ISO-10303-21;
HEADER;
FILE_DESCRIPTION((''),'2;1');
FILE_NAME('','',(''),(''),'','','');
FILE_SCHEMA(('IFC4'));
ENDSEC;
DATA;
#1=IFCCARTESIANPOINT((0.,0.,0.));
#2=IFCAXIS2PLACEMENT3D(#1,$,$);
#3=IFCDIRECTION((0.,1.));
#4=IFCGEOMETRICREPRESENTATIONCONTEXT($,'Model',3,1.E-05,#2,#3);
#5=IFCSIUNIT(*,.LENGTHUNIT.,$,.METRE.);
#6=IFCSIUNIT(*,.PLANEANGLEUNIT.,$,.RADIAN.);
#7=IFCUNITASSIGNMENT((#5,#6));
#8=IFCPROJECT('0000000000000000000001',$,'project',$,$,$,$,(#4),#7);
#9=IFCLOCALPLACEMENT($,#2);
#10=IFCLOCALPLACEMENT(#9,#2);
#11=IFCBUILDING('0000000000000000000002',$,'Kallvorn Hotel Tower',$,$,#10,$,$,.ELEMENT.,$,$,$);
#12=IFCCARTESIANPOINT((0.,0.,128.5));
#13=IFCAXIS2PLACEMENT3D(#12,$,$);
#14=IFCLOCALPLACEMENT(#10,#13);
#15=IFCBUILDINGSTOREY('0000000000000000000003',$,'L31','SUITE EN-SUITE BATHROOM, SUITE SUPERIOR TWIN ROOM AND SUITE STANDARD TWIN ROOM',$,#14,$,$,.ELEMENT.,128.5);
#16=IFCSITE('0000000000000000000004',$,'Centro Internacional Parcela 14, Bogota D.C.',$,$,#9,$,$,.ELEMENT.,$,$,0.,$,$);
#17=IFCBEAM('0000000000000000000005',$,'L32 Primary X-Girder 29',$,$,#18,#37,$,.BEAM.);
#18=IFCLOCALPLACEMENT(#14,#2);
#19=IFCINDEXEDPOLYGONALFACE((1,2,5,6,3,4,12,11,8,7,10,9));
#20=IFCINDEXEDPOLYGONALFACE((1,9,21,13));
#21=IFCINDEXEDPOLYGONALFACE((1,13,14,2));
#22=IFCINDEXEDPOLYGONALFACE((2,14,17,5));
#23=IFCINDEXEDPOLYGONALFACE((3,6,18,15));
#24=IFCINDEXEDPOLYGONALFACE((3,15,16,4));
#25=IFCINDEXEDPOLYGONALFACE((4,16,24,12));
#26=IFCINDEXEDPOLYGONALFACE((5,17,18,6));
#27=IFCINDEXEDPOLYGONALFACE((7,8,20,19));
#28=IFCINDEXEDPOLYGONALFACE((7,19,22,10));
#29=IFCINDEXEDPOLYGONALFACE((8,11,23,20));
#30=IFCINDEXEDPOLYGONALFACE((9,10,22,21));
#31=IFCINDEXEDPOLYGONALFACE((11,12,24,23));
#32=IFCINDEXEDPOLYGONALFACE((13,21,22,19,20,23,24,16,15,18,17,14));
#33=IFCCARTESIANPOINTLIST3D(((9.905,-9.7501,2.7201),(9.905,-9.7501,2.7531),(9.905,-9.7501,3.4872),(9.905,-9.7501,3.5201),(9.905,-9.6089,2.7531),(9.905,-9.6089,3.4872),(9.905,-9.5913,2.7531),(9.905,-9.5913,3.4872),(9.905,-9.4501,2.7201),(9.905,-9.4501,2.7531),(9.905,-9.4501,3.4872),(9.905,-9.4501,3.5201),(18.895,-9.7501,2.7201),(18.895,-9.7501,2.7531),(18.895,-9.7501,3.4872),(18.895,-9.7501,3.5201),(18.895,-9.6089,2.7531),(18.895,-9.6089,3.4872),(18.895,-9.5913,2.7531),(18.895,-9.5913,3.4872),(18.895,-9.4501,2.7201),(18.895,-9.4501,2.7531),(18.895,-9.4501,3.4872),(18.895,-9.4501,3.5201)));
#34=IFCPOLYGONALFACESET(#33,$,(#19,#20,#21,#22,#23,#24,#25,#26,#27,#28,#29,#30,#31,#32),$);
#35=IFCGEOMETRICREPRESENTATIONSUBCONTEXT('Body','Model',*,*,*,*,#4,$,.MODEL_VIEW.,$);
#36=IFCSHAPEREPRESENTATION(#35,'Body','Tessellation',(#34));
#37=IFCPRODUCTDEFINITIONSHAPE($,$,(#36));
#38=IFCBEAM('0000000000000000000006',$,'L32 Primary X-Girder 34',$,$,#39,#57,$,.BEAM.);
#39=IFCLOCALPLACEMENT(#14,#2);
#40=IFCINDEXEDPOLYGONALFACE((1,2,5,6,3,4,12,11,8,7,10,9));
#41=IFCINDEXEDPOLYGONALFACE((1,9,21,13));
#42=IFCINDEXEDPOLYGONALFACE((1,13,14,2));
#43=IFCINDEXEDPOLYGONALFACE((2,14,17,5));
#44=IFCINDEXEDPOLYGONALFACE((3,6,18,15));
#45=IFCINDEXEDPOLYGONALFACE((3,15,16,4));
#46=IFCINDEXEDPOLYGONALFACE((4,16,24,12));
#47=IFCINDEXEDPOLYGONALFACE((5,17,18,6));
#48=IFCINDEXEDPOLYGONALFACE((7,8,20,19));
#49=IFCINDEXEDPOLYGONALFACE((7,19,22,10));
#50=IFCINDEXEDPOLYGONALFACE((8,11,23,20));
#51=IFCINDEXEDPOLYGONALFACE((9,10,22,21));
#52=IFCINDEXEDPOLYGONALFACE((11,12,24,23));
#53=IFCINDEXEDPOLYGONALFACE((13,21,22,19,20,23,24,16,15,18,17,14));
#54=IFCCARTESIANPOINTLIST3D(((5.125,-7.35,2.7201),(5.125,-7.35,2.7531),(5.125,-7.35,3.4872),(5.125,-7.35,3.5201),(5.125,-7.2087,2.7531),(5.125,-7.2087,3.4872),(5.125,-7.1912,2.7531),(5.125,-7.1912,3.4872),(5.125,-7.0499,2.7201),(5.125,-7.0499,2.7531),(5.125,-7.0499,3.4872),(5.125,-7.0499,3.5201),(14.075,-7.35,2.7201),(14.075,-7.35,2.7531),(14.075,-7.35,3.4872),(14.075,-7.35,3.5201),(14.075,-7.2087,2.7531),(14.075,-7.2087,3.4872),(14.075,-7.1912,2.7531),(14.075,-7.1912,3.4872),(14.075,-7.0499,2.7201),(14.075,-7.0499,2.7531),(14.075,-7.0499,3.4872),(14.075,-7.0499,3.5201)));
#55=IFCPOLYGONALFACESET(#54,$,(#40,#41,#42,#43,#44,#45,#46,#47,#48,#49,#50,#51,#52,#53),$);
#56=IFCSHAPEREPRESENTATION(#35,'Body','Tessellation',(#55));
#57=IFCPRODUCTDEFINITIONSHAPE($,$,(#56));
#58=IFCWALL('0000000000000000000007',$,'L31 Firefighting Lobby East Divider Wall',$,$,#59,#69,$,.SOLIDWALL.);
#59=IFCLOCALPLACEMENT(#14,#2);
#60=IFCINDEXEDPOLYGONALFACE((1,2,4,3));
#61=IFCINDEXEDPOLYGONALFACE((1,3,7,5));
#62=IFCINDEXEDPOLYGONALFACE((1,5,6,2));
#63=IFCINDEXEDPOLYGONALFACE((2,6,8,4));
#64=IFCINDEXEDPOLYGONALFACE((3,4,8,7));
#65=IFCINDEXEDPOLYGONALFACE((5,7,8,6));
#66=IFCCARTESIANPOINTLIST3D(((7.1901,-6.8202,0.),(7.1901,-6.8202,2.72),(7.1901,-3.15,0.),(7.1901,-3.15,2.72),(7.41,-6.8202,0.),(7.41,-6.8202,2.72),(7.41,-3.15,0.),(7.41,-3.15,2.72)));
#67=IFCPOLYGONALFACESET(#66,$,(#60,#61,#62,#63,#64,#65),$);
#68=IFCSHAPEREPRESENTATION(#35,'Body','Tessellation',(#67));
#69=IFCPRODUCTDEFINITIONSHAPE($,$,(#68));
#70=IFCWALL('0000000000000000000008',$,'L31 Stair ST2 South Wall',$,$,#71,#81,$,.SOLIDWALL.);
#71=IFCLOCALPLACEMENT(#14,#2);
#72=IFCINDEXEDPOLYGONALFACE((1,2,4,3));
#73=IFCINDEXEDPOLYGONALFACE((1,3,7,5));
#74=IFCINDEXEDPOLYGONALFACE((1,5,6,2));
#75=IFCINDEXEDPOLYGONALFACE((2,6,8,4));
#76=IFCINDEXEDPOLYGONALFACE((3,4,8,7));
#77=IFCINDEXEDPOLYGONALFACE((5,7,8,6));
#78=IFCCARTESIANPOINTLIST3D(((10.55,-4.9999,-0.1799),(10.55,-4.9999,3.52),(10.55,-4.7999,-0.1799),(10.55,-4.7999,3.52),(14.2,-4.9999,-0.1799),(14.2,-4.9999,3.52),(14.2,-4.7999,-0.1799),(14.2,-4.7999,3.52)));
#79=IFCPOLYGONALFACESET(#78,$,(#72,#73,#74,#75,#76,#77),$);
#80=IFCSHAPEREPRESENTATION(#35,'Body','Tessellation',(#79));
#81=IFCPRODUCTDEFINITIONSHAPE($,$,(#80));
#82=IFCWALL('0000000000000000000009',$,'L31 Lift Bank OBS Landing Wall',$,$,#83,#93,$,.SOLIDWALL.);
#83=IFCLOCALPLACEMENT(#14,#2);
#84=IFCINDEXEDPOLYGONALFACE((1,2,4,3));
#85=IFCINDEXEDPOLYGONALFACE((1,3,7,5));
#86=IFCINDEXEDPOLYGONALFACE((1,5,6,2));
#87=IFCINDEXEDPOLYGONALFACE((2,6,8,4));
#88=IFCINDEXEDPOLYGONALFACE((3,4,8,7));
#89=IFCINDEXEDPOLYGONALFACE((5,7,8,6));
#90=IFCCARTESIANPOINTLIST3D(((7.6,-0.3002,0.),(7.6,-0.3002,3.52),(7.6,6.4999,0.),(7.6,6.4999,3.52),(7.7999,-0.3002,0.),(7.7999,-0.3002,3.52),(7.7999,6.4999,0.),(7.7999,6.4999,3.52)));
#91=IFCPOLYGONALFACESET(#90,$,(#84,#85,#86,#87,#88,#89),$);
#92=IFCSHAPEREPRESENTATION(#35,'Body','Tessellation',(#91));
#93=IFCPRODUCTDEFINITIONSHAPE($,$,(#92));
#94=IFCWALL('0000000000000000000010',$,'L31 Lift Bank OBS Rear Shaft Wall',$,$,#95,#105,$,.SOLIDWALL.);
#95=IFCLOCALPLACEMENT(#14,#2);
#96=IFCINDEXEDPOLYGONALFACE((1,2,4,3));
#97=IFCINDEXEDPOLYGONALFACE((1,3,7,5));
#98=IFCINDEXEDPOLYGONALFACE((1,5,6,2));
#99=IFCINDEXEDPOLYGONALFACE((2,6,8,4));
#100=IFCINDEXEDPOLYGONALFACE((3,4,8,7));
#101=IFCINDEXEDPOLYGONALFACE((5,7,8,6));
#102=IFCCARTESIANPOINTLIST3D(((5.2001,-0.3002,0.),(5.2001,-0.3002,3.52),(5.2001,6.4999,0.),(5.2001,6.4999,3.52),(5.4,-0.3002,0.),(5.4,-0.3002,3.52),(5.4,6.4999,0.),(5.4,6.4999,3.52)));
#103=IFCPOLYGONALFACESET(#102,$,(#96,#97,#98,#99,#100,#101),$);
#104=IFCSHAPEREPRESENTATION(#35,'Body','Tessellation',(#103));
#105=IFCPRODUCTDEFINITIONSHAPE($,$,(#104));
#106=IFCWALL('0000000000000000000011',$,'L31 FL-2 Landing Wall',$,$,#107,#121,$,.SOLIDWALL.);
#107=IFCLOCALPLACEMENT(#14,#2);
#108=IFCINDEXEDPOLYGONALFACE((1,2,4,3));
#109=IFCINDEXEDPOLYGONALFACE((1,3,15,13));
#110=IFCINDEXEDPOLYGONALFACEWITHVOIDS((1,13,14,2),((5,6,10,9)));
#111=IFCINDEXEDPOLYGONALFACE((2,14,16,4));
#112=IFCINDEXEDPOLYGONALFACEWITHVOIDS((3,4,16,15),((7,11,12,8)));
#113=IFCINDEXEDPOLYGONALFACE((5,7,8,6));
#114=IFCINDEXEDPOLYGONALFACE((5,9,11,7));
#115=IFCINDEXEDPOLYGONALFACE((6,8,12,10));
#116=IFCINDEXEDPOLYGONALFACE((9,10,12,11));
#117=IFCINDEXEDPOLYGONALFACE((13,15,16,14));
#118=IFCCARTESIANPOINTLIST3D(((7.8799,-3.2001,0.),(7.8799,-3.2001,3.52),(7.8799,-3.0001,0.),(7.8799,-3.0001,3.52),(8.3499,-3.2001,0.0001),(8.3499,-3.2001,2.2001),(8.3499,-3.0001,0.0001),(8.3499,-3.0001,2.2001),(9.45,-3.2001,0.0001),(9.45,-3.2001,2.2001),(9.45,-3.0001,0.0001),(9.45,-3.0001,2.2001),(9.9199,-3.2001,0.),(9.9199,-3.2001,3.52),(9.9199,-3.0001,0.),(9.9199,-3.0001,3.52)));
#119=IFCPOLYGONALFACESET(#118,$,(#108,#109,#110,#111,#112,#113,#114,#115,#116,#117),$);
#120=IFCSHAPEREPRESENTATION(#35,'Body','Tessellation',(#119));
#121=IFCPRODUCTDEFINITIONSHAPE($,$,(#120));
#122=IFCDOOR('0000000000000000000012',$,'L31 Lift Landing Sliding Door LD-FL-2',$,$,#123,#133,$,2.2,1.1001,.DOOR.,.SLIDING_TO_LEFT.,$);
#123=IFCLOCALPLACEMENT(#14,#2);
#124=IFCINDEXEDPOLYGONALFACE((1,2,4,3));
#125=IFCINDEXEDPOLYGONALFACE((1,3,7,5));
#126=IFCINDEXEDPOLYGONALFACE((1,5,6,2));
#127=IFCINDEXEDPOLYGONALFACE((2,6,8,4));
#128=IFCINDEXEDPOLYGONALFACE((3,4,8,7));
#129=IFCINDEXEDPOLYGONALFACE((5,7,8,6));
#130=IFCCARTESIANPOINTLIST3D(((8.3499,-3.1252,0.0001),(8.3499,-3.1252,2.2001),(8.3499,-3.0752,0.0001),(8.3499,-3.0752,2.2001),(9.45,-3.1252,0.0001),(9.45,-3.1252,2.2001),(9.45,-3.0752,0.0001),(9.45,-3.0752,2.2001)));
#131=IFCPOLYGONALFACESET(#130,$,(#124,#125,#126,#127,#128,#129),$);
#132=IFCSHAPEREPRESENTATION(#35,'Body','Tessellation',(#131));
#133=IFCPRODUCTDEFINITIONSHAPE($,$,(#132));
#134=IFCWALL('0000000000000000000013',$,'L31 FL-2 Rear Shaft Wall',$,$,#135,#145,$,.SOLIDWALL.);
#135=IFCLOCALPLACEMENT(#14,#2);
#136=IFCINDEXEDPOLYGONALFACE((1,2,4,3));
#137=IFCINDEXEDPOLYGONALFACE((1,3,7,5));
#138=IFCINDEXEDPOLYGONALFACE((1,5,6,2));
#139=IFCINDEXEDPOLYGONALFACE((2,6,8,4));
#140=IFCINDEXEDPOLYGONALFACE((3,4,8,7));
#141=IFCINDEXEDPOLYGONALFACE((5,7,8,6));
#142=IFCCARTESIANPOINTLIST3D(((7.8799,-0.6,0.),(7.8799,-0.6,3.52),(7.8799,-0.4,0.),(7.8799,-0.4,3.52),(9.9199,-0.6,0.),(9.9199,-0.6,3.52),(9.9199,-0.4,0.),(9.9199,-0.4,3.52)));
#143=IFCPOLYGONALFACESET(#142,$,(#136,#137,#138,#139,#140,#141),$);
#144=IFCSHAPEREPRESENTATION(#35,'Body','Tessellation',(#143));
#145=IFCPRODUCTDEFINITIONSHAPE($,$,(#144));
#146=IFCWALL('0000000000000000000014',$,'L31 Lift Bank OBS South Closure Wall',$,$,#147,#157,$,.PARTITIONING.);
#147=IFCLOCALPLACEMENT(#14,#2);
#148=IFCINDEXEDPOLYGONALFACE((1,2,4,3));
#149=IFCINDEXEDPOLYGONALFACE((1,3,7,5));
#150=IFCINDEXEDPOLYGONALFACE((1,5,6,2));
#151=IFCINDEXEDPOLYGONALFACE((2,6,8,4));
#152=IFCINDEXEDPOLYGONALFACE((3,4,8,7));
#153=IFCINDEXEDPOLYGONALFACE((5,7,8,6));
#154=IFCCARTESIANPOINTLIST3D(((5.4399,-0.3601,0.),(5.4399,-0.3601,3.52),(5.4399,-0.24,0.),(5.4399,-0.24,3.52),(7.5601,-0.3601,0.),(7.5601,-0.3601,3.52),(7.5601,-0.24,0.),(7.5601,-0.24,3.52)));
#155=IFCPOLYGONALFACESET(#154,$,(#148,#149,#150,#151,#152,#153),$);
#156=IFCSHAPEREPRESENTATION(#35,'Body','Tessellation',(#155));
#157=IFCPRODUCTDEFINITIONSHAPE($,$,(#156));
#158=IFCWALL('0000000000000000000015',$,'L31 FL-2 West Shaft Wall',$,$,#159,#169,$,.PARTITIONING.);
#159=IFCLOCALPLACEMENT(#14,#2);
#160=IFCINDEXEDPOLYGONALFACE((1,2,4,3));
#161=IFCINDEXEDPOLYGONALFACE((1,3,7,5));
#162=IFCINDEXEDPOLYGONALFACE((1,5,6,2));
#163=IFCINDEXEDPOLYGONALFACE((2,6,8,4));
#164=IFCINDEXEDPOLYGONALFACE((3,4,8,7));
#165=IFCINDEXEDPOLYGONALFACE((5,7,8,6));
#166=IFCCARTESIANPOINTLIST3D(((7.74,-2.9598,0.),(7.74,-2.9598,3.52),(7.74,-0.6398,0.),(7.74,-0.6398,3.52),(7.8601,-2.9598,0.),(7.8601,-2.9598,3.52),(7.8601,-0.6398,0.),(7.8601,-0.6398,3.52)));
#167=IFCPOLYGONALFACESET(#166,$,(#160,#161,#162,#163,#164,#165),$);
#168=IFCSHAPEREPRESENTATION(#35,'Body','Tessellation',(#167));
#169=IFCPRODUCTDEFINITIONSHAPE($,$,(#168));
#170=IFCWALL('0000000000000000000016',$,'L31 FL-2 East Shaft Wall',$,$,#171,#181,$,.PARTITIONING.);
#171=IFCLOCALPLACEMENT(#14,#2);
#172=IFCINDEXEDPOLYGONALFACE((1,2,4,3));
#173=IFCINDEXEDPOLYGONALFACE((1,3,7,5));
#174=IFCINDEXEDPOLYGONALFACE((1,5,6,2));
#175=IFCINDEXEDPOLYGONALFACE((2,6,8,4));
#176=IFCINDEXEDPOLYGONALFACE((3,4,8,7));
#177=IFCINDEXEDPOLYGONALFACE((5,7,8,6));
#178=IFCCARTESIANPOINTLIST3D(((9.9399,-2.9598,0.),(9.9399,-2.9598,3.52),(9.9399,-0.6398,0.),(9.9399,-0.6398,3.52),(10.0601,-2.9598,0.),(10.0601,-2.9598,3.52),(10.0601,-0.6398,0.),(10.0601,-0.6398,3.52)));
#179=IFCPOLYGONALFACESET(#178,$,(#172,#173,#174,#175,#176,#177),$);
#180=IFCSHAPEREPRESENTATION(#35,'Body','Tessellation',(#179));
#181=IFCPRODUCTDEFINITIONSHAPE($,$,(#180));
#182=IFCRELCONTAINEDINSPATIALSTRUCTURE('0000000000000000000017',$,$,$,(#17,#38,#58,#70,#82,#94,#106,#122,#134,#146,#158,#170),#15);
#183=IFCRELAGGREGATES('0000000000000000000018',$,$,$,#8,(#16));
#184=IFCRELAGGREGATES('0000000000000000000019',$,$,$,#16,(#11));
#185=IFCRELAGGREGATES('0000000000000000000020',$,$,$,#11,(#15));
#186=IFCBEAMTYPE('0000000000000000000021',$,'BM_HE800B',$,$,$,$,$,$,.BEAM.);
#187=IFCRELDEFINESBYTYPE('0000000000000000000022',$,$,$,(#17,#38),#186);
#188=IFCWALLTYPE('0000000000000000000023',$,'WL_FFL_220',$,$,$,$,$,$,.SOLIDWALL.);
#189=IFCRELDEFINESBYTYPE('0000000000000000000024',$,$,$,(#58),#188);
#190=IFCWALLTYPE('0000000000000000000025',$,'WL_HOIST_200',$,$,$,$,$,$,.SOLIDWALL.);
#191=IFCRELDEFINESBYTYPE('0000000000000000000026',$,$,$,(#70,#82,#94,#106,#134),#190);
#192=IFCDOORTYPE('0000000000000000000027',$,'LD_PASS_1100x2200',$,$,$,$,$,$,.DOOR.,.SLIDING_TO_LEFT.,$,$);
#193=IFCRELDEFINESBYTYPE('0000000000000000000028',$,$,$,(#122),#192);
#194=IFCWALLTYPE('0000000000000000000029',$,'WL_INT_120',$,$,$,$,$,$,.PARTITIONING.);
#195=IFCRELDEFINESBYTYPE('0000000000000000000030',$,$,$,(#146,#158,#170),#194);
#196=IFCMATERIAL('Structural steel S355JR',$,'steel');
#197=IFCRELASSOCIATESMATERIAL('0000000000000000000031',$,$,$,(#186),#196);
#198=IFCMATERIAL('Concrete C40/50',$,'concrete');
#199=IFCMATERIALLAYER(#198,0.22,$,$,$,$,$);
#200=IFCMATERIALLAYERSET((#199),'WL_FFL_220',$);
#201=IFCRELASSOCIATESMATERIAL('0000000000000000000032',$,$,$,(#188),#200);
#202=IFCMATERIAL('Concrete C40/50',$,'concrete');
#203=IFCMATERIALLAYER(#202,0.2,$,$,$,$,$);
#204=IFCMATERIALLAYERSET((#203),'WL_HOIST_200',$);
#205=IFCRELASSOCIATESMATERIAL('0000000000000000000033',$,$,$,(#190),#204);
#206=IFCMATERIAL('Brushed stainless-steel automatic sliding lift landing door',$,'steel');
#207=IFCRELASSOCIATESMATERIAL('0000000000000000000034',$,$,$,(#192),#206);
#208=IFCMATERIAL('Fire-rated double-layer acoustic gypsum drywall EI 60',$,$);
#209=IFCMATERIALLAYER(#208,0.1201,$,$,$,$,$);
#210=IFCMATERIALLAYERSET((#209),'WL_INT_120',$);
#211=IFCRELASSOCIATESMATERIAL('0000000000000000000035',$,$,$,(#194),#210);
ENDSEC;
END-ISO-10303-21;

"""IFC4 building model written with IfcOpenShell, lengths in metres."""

from ifc_helpers import new_model, si_unit, direction, frame, frame_2d, origin, origin_2d, place, context, subcontext, project, spatial, rectangle, i_section, extrude, material, layer, layer_set, material_profile, profile_set, type_object, element, fill, save


model = new_model("IFC4")

# Units and contexts
model_context = context("Model", 3, precision=1e-05, world=origin(), true_north=direction((0.0, 1.0)))
body_context = subcontext(model_context, "Body", "Model", "MODEL_VIEW")
ifc_project = project(units=[si_unit("LENGTHUNIT", "METRE"), si_unit("PLANEANGLEUNIT", "RADIAN")], contexts=[model_context])

# Site, building, storey
site_placement = place(None, origin())
site = spatial("IfcSite", under=ifc_project, at=site_placement, Name="Centro Internacional Parcela 14, Bogota D.C.", CompositionType="ELEMENT", RefElevation=0.0)
building_placement = place(site_placement, origin())
building = spatial("IfcBuilding", under=site, at=building_placement, Name="Kallvorn Hotel Tower", CompositionType="ELEMENT")
storey_placement = place(building_placement, frame((0.0, 0.0, 128.5)))
storey = spatial("IfcBuildingStorey", under=building, at=storey_placement, Name="L31", Description="SUITE EN-SUITE BATHROOM, SUITE SUPERIOR TWIN ROOM AND SUITE STANDARD TWIN ROOM", CompositionType="ELEMENT", Elevation=128.5)

# Beams
ifc_material_1 = material(Name="Structural steel S355JR", Category="steel")
ifc_material_profile = material_profile(ifc_material_1, i_section(OverallWidth=0.3, OverallDepth=0.8, WebThickness=0.0176, FlangeThickness=0.033, at=origin_2d()), Name="HE 800 B")
ifc_profile_set = profile_set([ifc_material_profile], Name="Structural steel S355JR")
beam_type = type_object("IfcBeamType", Name="BM_HE800B", PredefinedType="BEAM", material=ifc_profile_set)
beam_1_placement = place(storey_placement, frame((9.905, -9.6001, 3.1201), z_axis=(1.0, 0.0, 0.0), x_axis=(0.0, 1.0, 0.0)))
element("IfcBeam", 1, at=beam_1_placement, inside=storey, type_object=beam_type, Name="L32 Primary X-Girder 29", PredefinedType="BEAM", context=body_context, shape_type="SweptSolid", body=[
    extrude(i_section(OverallWidth=0.3, OverallDepth=0.8, WebThickness=0.0176, FlangeThickness=0.033, at=origin_2d()), origin(), (0.0, 0.0, 1.0), 8.99),
])
beam_2_placement = place(storey_placement, frame((5.125, -7.2, 3.1201), z_axis=(1.0, 0.0, 0.0), x_axis=(0.0, 1.0, 0.0)))
element("IfcBeam", 2, at=beam_2_placement, inside=storey, type_object=beam_type, Name="L32 Primary X-Girder 34", PredefinedType="BEAM", context=body_context, shape_type="SweptSolid", body=[
    extrude(i_section(OverallWidth=0.3, OverallDepth=0.8, WebThickness=0.0176, FlangeThickness=0.033, at=origin_2d()), origin(), (0.0, 0.0, 1.0), 8.95),
])

# Walls
ifc_material_2 = material(Name="Concrete C40/50", Category="concrete")
ifc_layer_1 = layer(ifc_material_2, 0.22)
ifc_layer_set_1 = layer_set([ifc_layer_1], Name="WL_FFL_220")
wall_type_1 = type_object("IfcWallType", Name="WL_FFL_220", PredefinedType="SOLIDWALL", material=ifc_layer_set_1)
wall_1_placement = place(storey_placement, frame((7.3, -6.8201, 0.0), z_axis=(0.0, 0.0, 1.0), x_axis=(0.0, 1.0, 0.0)))
element("IfcWall", 3, at=wall_1_placement, inside=storey, type_object=wall_type_1, Name="L31 Firefighting Lobby East Divider Wall", PredefinedType="SOLIDWALL", context=body_context, shape_type="SweptSolid", body=[
    extrude(rectangle(XDim=3.6702, YDim=0.22, at=frame_2d((1.835, 0.0))), origin(), (0.0, 0.0, 1.0), 2.72),
])
ifc_material_3 = material(Name="Concrete C40/50", Category="concrete")
ifc_layer_2 = layer(ifc_material_3, 0.2)
ifc_layer_set_2 = layer_set([ifc_layer_2], Name="WL_HOIST_200")
wall_type_2 = type_object("IfcWallType", Name="WL_HOIST_200", PredefinedType="SOLIDWALL", material=ifc_layer_set_2)
wall_2_placement = place(storey_placement, frame((10.55, -4.8999, -0.1799), z_axis=(0.0, 0.0, 1.0), x_axis=(1.0, 0.0, 0.0)))
element("IfcWall", 4, at=wall_2_placement, inside=storey, type_object=wall_type_2, Name="L31 Stair ST2 South Wall", PredefinedType="SOLIDWALL", context=body_context, shape_type="SweptSolid", body=[
    extrude(rectangle(XDim=3.6499, YDim=0.2, at=frame_2d((1.825, 0.0))), origin(), (0.0, 0.0, 1.0), 3.7),
])
for number, where, z_axis, x_axis, name in (
    (5, (7.7, -0.3, 0.0), (0.0, 0.0, 1.0), (0.0, 1.0, 0.0), "L31 Lift Bank OBS Landing Wall"),
    (6, (5.3, -0.3, 0.0), (0.0, 0.0, 1.0), (0.0, 1.0, 0.0), "L31 Lift Bank OBS Rear Shaft Wall"),
):
    element("IfcWall", number, at=place(storey_placement, frame(where, z_axis=z_axis, x_axis=x_axis)), inside=storey, type_object=wall_type_2, Name=name, PredefinedType="SOLIDWALL", context=body_context, shape_type="SweptSolid", body=[
        extrude(rectangle(XDim=6.8, YDim=0.2, at=frame_2d((3.3999, 0.0))), origin(), (0.0, 0.0, 1.0), 3.52),
    ])

# Wall, opening, door
wall_3_placement = place(storey_placement, frame((7.8799, -3.1001, 0.0), z_axis=(0.0, 0.0, 1.0), x_axis=(1.0, 0.0, 0.0)))
wall_3 = element("IfcWall", 7, at=wall_3_placement, inside=storey, type_object=wall_type_2, Name="L31 FL-2 Landing Wall", PredefinedType="SOLIDWALL", context=body_context, shape_type="SweptSolid", body=[
    extrude(rectangle(XDim=2.04, YDim=0.2, at=frame_2d((1.02, 0.0))), origin(), (0.0, 0.0, 1.0), 3.52),
])
opening_1_placement = place(wall_3_placement, frame((0.47, 0.0, 0.0)))
opening_1 = element("IfcOpeningElement", 8, at=opening_1_placement, cuts=wall_3, PredefinedType="OPENING", context=body_context, shape_type="SweptSolid", body=[
    extrude(rectangle(XDim=1.1001, YDim=2.2, at=frame_2d((0.55, 1.1001))), frame((0.0, 0.115, 0.0), z_axis=(0.0, -1.0, 0.0), x_axis=(1.0, 0.0, 0.0)), (0.0, 0.0, 1.0), 0.23),
])
ifc_material_4 = material(Name="Brushed stainless-steel automatic sliding lift landing door", Category="steel")
door_type_1 = type_object("IfcDoorType", Name="LD_PASS_1100x2200", OperationType="SLIDING_TO_LEFT", PredefinedType="DOOR", material=ifc_material_4)
door_1_placement = place(opening_1_placement, origin())
door_1 = element("IfcDoor", 9, at=door_1_placement, inside=storey, type_object=door_type_1, Name="L31 Lift Landing Sliding Door LD-FL-2", OperationType="SLIDING_TO_LEFT", OverallHeight=2.2, OverallWidth=1.1001, PredefinedType="DOOR", context=body_context, shape_type="SweptSolid", body=[
    extrude(rectangle(XDim=1.1001, YDim=2.2, at=frame_2d((0.55, 1.1001))), frame((0.0, 0.0249, 0.0), z_axis=(0.0, -1.0, 0.0), x_axis=(1.0, 0.0, 0.0)), (0.0, 0.0, 1.0), 0.05),
])
fill(opening_1, door_1)

# Walls
wall_4_placement = place(storey_placement, frame((7.8799, -0.5, 0.0), z_axis=(0.0, 0.0, 1.0), x_axis=(1.0, 0.0, 0.0)))
element("IfcWall", 10, at=wall_4_placement, inside=storey, type_object=wall_type_2, Name="L31 FL-2 Rear Shaft Wall", PredefinedType="SOLIDWALL", context=body_context, shape_type="SweptSolid", body=[
    extrude(rectangle(XDim=2.04, YDim=0.2, at=frame_2d((1.02, 0.0))), origin(), (0.0, 0.0, 1.0), 3.52),
])
ifc_material_5 = material(Name="Fire-rated double-layer acoustic gypsum drywall EI 60")
ifc_layer_3 = layer(ifc_material_5, 0.1201)
ifc_layer_set_3 = layer_set([ifc_layer_3], Name="WL_INT_120")
wall_type_3 = type_object("IfcWallType", Name="WL_INT_120", PredefinedType="PARTITIONING", material=ifc_layer_set_3)
wall_5_placement = place(storey_placement, frame((5.4399, -0.3, 0.0), z_axis=(0.0, 0.0, 1.0), x_axis=(1.0, 0.0, 0.0)))
element("IfcWall", 11, at=wall_5_placement, inside=storey, type_object=wall_type_3, Name="L31 Lift Bank OBS South Closure Wall", PredefinedType="PARTITIONING", context=body_context, shape_type="SweptSolid", body=[
    extrude(rectangle(XDim=2.1201, YDim=0.1201, at=frame_2d((1.0601, 0.0))), origin(), (0.0, 0.0, 1.0), 3.52),
])
for number, where, z_axis, x_axis, name in (
    (12, (7.8, -2.96, 0.0), (0.0, 0.0, 1.0), (0.0, 1.0, 0.0), "L31 FL-2 West Shaft Wall"),
    (13, (10.0, -2.96, 0.0), (0.0, 0.0, 1.0), (0.0, 1.0, 0.0), "L31 FL-2 East Shaft Wall"),
):
    element("IfcWall", number, at=place(storey_placement, frame(where, z_axis=z_axis, x_axis=x_axis)), inside=storey, type_object=wall_type_3, Name=name, PredefinedType="PARTITIONING", context=body_context, shape_type="SweptSolid", body=[
        extrude(rectangle(XDim=2.3201, YDim=0.1201, at=frame_2d((1.1602, 0.0))), origin(), (0.0, 0.0, 1.0), 3.52),
    ])

save(model, "model.ifc")
